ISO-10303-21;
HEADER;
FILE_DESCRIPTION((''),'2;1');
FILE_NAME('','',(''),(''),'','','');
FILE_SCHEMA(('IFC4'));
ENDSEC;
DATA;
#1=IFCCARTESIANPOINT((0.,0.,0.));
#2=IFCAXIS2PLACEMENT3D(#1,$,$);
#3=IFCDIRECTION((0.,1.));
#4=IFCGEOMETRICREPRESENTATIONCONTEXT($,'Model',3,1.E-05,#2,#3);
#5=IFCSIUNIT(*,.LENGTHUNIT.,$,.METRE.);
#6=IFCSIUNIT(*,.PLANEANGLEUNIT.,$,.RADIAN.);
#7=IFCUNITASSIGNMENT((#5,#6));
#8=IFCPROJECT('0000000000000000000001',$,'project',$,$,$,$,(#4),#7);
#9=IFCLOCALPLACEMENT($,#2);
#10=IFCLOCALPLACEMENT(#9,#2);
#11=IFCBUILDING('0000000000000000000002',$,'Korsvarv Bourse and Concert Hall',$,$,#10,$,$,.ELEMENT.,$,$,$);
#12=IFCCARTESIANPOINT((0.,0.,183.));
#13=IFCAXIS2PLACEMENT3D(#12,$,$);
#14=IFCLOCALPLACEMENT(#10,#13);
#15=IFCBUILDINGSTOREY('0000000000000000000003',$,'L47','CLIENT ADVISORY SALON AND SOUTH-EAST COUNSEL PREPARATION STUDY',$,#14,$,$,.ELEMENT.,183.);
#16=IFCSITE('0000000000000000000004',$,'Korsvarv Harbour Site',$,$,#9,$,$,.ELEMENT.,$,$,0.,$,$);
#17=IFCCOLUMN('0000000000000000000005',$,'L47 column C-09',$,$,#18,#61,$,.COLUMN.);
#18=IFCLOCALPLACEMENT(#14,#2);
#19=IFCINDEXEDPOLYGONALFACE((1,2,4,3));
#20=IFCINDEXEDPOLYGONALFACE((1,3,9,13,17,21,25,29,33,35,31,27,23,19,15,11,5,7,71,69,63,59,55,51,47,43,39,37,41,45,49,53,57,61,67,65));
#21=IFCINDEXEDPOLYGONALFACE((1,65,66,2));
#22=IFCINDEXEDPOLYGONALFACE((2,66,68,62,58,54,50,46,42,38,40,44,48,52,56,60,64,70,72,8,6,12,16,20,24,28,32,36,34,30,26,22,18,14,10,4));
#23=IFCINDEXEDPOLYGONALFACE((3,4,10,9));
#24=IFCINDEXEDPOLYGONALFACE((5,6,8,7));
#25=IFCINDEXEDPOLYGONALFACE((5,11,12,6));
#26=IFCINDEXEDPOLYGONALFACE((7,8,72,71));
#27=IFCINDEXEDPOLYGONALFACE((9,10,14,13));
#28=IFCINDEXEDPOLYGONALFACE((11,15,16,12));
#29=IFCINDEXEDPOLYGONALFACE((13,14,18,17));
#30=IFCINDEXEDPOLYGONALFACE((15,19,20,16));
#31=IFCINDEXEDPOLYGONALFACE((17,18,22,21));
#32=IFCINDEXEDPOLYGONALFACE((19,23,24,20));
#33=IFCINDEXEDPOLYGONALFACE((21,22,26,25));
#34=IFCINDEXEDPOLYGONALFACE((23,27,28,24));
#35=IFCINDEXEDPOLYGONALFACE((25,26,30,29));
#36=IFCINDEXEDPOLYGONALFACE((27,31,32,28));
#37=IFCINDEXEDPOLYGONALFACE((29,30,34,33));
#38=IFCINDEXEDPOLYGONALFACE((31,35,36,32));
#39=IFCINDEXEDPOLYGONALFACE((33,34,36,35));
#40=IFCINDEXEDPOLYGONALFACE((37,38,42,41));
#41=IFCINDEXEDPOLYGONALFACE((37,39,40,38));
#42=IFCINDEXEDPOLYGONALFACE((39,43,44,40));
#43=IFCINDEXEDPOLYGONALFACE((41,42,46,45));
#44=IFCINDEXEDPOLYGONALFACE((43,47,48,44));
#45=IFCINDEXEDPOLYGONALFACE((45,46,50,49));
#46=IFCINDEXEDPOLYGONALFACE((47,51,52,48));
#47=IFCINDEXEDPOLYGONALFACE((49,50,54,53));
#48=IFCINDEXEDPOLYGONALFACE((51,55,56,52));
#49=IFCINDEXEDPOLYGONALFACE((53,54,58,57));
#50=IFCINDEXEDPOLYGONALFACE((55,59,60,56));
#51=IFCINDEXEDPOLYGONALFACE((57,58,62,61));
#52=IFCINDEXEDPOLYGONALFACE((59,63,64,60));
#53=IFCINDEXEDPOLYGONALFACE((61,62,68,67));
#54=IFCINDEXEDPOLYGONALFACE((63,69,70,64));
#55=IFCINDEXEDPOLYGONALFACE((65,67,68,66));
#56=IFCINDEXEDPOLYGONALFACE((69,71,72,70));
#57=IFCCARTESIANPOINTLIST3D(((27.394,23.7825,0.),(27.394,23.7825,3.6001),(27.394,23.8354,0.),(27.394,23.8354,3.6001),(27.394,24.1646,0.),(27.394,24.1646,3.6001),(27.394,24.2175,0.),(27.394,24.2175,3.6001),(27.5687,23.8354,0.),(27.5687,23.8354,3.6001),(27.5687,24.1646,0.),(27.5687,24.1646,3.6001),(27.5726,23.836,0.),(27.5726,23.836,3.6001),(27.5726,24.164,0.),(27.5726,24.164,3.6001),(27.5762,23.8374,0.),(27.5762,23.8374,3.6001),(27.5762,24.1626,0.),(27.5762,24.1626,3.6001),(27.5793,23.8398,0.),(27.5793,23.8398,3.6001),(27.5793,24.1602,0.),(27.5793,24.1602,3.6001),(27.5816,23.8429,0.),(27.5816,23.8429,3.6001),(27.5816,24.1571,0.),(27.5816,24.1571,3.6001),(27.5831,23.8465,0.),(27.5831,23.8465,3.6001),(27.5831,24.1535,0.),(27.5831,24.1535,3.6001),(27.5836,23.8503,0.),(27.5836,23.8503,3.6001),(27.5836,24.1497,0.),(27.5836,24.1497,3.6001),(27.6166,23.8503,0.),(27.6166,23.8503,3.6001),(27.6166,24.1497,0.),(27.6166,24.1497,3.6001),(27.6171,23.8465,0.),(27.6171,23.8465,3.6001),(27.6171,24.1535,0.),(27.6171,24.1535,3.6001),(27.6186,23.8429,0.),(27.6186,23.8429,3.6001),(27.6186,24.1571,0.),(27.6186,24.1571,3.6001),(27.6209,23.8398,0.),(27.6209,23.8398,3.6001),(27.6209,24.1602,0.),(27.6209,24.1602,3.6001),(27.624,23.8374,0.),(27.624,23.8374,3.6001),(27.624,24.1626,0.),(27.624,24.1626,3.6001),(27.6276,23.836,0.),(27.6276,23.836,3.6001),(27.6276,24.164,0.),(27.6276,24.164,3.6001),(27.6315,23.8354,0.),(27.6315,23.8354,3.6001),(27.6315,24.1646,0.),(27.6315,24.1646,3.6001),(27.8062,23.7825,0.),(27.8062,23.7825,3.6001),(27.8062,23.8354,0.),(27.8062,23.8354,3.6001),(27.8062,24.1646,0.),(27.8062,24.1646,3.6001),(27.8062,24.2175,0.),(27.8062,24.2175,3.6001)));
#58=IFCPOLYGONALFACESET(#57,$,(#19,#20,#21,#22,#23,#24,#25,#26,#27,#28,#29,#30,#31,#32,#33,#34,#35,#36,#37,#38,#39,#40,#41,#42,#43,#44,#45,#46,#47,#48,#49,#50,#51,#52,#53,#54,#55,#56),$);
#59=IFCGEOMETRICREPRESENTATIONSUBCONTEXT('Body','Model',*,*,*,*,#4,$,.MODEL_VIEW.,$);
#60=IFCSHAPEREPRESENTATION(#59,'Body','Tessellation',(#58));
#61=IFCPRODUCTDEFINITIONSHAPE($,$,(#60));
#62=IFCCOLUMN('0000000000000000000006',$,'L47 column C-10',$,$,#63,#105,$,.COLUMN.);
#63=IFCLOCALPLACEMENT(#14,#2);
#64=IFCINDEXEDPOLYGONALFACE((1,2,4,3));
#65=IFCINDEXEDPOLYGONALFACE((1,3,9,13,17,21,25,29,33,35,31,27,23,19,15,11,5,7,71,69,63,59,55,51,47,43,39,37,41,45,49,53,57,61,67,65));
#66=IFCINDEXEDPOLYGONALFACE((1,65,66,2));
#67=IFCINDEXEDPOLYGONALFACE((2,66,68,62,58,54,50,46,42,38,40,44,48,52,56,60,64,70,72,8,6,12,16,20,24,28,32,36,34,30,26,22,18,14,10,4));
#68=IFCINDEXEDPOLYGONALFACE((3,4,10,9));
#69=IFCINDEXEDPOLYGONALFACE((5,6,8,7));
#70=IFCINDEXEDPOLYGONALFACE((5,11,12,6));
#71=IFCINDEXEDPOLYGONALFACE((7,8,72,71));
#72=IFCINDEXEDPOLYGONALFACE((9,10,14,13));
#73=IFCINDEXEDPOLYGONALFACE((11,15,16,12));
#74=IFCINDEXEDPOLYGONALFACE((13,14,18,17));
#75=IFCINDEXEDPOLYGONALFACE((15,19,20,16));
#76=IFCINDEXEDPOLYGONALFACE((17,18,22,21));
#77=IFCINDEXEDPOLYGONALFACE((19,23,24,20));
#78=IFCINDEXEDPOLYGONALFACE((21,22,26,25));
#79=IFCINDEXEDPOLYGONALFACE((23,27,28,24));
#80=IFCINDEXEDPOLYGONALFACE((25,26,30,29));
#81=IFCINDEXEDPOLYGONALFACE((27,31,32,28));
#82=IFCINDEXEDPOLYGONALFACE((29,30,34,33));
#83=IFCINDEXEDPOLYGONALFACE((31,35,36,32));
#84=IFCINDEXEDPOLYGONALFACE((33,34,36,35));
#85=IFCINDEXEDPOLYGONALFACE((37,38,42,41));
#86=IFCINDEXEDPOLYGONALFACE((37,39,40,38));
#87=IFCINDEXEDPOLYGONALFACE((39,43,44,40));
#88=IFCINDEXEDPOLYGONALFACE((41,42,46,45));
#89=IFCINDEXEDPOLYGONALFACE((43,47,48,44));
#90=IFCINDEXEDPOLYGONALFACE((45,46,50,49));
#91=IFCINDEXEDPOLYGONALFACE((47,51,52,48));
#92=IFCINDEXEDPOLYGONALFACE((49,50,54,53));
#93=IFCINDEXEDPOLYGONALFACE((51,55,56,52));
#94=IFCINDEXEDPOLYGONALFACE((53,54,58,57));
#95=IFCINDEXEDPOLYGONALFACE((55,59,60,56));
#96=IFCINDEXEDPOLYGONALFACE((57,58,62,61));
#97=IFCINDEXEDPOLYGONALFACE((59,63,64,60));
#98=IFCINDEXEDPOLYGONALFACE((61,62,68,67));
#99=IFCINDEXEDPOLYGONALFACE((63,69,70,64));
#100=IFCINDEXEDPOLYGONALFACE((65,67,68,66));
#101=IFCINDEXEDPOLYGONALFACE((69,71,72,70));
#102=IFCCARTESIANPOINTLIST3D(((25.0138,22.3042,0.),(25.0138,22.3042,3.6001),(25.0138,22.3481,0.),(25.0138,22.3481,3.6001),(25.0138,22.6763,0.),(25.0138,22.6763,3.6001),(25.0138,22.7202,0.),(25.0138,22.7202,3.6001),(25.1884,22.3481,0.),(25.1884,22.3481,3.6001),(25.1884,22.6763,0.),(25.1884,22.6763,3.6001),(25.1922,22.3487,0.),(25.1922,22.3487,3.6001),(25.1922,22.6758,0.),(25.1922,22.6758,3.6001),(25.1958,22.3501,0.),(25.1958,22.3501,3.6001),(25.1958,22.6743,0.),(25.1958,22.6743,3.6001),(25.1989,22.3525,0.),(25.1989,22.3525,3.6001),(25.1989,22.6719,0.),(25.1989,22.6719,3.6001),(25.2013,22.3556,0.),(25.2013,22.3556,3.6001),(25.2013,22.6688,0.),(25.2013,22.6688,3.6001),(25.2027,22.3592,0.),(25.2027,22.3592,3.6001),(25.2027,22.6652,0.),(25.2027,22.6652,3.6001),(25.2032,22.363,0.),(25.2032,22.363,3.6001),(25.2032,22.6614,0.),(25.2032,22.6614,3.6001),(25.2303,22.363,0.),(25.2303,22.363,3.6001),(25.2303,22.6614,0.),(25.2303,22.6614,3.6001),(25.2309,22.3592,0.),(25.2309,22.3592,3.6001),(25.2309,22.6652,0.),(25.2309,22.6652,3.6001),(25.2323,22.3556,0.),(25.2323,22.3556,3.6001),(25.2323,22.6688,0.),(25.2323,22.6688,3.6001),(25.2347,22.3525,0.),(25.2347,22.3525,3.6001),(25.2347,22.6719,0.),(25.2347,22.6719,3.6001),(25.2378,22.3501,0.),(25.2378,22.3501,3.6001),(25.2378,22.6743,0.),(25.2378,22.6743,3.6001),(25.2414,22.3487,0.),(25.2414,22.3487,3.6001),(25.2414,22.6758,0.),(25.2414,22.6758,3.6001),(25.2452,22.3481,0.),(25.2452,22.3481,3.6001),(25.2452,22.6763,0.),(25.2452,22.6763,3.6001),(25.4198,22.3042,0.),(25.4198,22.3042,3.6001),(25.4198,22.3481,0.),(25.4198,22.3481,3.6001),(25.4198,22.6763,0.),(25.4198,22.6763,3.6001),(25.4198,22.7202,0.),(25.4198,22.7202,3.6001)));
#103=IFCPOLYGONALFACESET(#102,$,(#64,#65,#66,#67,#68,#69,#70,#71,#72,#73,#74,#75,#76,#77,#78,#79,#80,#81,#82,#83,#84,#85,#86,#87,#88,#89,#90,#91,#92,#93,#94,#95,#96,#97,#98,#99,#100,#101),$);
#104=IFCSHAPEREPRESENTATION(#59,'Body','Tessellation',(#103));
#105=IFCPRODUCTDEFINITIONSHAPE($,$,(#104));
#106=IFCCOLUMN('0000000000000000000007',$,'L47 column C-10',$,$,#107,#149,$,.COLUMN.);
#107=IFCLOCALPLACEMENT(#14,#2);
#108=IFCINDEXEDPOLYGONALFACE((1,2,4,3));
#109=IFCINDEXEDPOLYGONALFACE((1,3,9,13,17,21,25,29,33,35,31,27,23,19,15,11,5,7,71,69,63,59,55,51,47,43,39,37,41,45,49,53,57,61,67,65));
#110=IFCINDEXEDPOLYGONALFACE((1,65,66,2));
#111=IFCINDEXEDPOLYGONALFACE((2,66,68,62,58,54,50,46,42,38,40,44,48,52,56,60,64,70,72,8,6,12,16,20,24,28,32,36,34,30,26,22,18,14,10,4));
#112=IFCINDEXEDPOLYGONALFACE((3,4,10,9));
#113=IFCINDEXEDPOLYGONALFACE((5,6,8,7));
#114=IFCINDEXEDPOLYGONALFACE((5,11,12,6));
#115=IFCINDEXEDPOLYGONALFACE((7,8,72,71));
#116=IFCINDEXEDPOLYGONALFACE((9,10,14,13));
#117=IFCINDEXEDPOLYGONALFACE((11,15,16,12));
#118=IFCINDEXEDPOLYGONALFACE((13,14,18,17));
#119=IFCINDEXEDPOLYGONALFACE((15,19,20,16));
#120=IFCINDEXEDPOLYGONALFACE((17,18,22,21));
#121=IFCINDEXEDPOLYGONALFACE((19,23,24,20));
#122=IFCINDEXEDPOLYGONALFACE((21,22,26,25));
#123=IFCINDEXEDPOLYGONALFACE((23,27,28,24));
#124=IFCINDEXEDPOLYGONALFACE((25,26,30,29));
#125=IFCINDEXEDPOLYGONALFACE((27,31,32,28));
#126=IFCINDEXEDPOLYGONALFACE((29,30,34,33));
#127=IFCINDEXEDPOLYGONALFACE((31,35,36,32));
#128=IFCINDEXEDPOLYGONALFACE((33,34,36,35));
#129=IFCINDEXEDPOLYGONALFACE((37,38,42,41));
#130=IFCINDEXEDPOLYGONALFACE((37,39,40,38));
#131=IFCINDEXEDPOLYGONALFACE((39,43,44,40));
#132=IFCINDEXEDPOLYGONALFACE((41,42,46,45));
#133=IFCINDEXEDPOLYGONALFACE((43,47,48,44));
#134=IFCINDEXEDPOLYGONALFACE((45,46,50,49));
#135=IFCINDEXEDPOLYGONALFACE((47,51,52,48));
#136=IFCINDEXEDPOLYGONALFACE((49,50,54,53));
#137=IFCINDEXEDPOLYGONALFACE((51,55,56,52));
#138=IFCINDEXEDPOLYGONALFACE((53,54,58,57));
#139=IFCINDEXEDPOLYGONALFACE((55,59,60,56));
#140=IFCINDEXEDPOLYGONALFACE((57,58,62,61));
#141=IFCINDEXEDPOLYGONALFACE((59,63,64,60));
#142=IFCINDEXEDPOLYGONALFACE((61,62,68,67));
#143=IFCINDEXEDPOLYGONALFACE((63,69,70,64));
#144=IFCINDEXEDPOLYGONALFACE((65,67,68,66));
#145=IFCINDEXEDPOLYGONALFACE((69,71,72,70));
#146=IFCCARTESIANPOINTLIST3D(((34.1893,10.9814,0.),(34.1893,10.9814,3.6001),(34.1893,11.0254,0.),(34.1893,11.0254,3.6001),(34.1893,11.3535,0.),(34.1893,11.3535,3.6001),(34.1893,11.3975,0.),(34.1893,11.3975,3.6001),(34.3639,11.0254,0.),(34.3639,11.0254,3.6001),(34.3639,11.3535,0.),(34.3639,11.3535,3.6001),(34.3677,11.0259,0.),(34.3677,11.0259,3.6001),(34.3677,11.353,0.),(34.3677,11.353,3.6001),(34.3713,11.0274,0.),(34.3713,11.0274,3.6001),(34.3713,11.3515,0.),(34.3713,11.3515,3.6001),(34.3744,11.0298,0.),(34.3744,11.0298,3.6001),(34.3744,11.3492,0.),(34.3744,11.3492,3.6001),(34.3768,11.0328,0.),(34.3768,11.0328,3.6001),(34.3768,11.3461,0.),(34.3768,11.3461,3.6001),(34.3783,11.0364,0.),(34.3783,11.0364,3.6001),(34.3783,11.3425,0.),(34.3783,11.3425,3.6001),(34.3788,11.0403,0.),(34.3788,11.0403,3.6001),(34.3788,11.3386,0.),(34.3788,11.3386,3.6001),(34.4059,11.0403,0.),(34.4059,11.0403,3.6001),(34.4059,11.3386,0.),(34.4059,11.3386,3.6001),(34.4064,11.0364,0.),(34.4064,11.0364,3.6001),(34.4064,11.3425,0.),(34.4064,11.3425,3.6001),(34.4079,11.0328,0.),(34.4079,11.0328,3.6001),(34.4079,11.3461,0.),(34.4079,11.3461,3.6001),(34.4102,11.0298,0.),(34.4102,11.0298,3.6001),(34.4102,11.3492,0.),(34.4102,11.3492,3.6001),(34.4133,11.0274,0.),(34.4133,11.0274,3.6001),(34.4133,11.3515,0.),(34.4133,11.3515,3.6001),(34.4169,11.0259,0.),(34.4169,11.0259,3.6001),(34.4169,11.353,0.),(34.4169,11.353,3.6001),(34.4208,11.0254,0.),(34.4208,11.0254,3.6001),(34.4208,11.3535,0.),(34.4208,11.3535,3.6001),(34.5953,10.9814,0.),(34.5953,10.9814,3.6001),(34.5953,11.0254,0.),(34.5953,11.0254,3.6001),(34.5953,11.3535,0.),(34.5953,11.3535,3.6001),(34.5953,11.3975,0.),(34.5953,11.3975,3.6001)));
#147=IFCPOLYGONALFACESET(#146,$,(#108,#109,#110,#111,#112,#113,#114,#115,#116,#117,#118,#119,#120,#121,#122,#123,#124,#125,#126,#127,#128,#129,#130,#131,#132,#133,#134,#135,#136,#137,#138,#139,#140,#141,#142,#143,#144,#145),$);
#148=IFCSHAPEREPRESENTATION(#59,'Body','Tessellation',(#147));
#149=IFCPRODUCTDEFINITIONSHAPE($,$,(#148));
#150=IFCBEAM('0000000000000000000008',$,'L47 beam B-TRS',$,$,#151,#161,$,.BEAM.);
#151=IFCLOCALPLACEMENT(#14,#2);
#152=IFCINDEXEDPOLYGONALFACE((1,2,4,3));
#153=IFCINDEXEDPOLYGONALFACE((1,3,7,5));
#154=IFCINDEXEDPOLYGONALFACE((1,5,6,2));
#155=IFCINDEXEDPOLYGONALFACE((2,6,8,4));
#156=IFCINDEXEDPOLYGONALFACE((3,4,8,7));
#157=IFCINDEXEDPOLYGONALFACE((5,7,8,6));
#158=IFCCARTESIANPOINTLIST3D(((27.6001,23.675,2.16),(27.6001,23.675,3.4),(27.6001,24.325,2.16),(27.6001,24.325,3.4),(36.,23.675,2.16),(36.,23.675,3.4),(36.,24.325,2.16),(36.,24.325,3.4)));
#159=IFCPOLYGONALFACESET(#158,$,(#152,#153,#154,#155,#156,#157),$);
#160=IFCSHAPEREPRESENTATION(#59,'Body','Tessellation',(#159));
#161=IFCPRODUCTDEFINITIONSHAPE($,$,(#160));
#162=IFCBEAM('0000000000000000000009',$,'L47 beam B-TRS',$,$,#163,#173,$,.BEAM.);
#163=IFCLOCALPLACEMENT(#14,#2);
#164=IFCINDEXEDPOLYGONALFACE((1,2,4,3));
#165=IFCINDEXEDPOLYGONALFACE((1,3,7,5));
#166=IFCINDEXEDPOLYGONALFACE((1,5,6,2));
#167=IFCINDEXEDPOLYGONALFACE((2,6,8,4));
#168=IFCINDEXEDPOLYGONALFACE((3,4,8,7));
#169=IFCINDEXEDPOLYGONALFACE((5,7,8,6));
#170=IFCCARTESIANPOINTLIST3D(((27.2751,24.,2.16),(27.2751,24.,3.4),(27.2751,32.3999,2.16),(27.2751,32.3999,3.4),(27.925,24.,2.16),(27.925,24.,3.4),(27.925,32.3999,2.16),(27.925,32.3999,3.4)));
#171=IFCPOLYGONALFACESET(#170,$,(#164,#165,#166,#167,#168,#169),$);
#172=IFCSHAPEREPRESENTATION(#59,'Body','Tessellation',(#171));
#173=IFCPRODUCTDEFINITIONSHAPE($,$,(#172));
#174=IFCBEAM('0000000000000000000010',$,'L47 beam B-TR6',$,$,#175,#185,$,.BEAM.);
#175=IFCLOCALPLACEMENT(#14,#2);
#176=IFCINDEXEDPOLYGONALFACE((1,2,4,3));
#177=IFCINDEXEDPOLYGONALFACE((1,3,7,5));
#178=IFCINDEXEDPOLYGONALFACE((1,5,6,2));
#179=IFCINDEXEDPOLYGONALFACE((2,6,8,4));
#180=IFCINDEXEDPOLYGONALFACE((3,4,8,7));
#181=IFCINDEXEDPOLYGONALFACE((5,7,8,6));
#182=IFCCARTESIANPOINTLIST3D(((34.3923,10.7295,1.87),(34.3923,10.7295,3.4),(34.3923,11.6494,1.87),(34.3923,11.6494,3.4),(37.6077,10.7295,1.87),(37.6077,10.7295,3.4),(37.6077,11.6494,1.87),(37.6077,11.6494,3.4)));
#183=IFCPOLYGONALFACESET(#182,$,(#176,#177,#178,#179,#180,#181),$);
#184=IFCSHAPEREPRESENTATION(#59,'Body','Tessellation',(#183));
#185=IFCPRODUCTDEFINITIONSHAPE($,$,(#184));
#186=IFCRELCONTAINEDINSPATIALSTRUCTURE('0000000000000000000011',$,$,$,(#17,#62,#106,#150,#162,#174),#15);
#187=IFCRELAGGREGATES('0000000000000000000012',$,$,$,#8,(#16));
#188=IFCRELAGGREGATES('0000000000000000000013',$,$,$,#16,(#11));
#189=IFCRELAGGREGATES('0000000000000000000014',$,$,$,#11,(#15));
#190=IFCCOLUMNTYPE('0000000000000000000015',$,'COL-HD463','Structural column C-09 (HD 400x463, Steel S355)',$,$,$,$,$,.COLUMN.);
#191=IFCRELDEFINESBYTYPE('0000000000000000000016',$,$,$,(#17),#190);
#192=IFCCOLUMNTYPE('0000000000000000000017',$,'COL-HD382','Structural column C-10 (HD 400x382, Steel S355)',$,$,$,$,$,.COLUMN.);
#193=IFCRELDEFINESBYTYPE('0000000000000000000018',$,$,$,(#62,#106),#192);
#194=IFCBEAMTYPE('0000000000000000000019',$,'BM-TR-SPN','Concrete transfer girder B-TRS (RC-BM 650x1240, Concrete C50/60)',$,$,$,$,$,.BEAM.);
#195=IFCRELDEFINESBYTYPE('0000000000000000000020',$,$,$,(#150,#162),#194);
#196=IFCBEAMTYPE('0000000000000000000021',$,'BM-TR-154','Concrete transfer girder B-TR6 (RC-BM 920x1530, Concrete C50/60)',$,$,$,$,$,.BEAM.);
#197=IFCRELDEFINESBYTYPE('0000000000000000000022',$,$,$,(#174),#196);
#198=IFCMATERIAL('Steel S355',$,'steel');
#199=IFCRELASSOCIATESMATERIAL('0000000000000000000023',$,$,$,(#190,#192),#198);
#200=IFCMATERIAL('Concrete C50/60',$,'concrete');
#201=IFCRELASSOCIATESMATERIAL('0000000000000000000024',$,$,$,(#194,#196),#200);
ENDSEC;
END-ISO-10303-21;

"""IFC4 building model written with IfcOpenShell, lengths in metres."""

from ifc_helpers import new_model, si_unit, direction, frame, origin, origin_2d, place, context, subcontext, project, spatial, rectangle, i_section, extrude, source, transform, mapped, material, material_profile, profile_set, type_object, element, save


model = new_model("IFC4")

# Units and contexts
model_context = context("Model", 3, precision=1e-05, world=origin(), true_north=direction((0.0, 1.0)))
body_context = subcontext(model_context, "Body", "Model", "MODEL_VIEW")
ifc_project = project(units=[si_unit("LENGTHUNIT", "METRE"), si_unit("PLANEANGLEUNIT", "RADIAN")], contexts=[model_context])

# Site, building, storey
site_placement = place(None, origin())
site = spatial("IfcSite", under=ifc_project, at=site_placement, Name="Korsvarv Harbour Site", CompositionType="ELEMENT", RefElevation=0.0)
building_placement = place(site_placement, origin())
building = spatial("IfcBuilding", under=site, at=building_placement, Name="Korsvarv Bourse and Concert Hall", CompositionType="ELEMENT")
storey_placement = place(building_placement, frame((0.0, 0.0, 183.0)))
storey = spatial("IfcBuildingStorey", under=building, at=storey_placement, Name="L47", Description="CLIENT ADVISORY SALON AND SOUTH-EAST COUNSEL PREPARATION STUDY", CompositionType="ELEMENT", Elevation=183.0)

# Columns
ifc_material_1 = material(Name="Steel S355", Category="steel")
ifc_material_profile_1 = material_profile(ifc_material_1, i_section(OverallWidth=0.4121, OverallDepth=0.4351, WebThickness=0.033, FlangeThickness=0.053, FilletRadius=0.0149, at=origin_2d()), Name="HD 400x463")
ifc_profile_set_1 = profile_set([ifc_material_profile_1], Name="Steel S355")
column_type_1 = type_object("IfcColumnType", Name="COL-HD463", Description="Structural column C-09 (HD 400x463, Steel S355)", PredefinedType="COLUMN", material=ifc_profile_set_1)
shared_shape_1 = source(origin(), body_context, "Body", "SweptSolid", [
    extrude(i_section(OverallWidth=0.4121, OverallDepth=0.4351, WebThickness=0.033, FlangeThickness=0.053, FilletRadius=0.0149, at=origin_2d()), origin(), (0.0, 0.0, 1.0), 3.6001),
])
column_placement = place(storey_placement, frame((27.6001, 24.0, 0.0), z_axis=(0.0, 0.0, 1.0), x_axis=(1.0, 0.0, 0.0)))
element("IfcColumn", 1, at=column_placement, inside=storey, type_object=column_type_1, Name="L47 column C-09", PredefinedType="COLUMN", context=body_context, shape_type="MappedRepresentation", body=[
    mapped(shared_shape_1, transform((0.0, 0.0, 0.0), scale=1.0)),
])
ifc_material_profile_2 = material_profile(ifc_material_1, i_section(OverallWidth=0.406, OverallDepth=0.416, WebThickness=0.0271, FlangeThickness=0.0439, FilletRadius=0.0149, at=origin_2d()), Name="HD 400x382")
ifc_profile_set_2 = profile_set([ifc_material_profile_2], Name="Steel S355")
column_type_2 = type_object("IfcColumnType", Name="COL-HD382", Description="Structural column C-10 (HD 400x382, Steel S355)", PredefinedType="COLUMN", material=ifc_profile_set_2)
shared_shape_2 = source(origin(), body_context, "Body", "SweptSolid", [
    extrude(i_section(OverallWidth=0.406, OverallDepth=0.416, WebThickness=0.0271, FlangeThickness=0.0439, FilletRadius=0.0149, at=origin_2d()), origin(), (0.0, 0.0, 1.0), 3.6001),
])
for number, where, z_axis, x_axis, name in (
    (2, (25.2168, 22.5122, 0.0), (0.0, 0.0, 1.0), (1.0, 0.0, 0.0), "L47 column C-10"),
    (3, (34.3923, 11.1895, 0.0), (0.0, 0.0, 1.0), (1.0, 0.0, 0.0), "L47 column C-10"),
):
    element("IfcColumn", number, at=place(storey_placement, frame(where, z_axis=z_axis, x_axis=x_axis)), inside=storey, type_object=column_type_2, Name=name, PredefinedType="COLUMN", context=body_context, shape_type="MappedRepresentation", body=[
        mapped(shared_shape_2, transform((0.0, 0.0, 0.0), scale=1.0)),
    ])

# Beams
ifc_material_2 = material(Name="Concrete C50/60", Category="concrete")
ifc_material_profile_3 = material_profile(ifc_material_2, rectangle(XDim=0.6499, YDim=1.24, at=origin_2d()), Name="RC-BM 650x1240")
ifc_profile_set_3 = profile_set([ifc_material_profile_3], Name="Concrete C50/60")
beam_type_1 = type_object("IfcBeamType", Name="BM-TR-SPN", Description="Concrete transfer girder B-TRS (RC-BM 650x1240, Concrete C50/60)", PredefinedType="BEAM", material=ifc_profile_set_3)
shared_shape_3 = source(origin(), body_context, "Body", "SweptSolid", [
    extrude(rectangle(XDim=0.6499, YDim=1.24, at=origin_2d()), origin(), (0.0, 0.0, 1.0), 8.3999),
])
for number, where, z_axis, x_axis, name in (
    (4, (27.6001, 24.0, 2.78), (1.0, 0.0, 0.0), (0.0, 1.0, 0.0), "L47 beam B-TRS"),
    (5, (27.6001, 24.0, 2.78), (0.0, 1.0, 0.0), (-1.0, 0.0, 0.0), "L47 beam B-TRS"),
):
    element("IfcBeam", number, at=place(storey_placement, frame(where, z_axis=z_axis, x_axis=x_axis)), inside=storey, type_object=beam_type_1, Name=name, PredefinedType="BEAM", context=body_context, shape_type="MappedRepresentation", body=[
        mapped(shared_shape_3, transform((0.0, 0.0, 0.0), scale=1.0)),
    ])
ifc_material_profile_4 = material_profile(ifc_material_2, rectangle(XDim=0.9199, YDim=1.53, at=origin_2d()), Name="RC-BM 920x1530")
ifc_profile_set_4 = profile_set([ifc_material_profile_4], Name="Concrete C50/60")
beam_type_2 = type_object("IfcBeamType", Name="BM-TR-154", Description="Concrete transfer girder B-TR6 (RC-BM 920x1530, Concrete C50/60)", PredefinedType="BEAM", material=ifc_profile_set_4)
shared_shape_4 = source(origin(), body_context, "Body", "SweptSolid", [
    extrude(rectangle(XDim=0.9199, YDim=1.53, at=origin_2d()), origin(), (0.0, 0.0, 1.0), 3.2153),
])
beam_1_placement = place(storey_placement, frame((34.3923, 11.1895, 2.635), z_axis=(1.0, 0.0, 0.0), x_axis=(0.0, 1.0, 0.0)))
element("IfcBeam", 6, at=beam_1_placement, inside=storey, type_object=beam_type_2, Name="L47 beam B-TR6", PredefinedType="BEAM", context=body_context, shape_type="MappedRepresentation", body=[
    mapped(shared_shape_4, transform((0.0, 0.0, 0.0), scale=1.0)),
])

save(model, "model.ifc")
